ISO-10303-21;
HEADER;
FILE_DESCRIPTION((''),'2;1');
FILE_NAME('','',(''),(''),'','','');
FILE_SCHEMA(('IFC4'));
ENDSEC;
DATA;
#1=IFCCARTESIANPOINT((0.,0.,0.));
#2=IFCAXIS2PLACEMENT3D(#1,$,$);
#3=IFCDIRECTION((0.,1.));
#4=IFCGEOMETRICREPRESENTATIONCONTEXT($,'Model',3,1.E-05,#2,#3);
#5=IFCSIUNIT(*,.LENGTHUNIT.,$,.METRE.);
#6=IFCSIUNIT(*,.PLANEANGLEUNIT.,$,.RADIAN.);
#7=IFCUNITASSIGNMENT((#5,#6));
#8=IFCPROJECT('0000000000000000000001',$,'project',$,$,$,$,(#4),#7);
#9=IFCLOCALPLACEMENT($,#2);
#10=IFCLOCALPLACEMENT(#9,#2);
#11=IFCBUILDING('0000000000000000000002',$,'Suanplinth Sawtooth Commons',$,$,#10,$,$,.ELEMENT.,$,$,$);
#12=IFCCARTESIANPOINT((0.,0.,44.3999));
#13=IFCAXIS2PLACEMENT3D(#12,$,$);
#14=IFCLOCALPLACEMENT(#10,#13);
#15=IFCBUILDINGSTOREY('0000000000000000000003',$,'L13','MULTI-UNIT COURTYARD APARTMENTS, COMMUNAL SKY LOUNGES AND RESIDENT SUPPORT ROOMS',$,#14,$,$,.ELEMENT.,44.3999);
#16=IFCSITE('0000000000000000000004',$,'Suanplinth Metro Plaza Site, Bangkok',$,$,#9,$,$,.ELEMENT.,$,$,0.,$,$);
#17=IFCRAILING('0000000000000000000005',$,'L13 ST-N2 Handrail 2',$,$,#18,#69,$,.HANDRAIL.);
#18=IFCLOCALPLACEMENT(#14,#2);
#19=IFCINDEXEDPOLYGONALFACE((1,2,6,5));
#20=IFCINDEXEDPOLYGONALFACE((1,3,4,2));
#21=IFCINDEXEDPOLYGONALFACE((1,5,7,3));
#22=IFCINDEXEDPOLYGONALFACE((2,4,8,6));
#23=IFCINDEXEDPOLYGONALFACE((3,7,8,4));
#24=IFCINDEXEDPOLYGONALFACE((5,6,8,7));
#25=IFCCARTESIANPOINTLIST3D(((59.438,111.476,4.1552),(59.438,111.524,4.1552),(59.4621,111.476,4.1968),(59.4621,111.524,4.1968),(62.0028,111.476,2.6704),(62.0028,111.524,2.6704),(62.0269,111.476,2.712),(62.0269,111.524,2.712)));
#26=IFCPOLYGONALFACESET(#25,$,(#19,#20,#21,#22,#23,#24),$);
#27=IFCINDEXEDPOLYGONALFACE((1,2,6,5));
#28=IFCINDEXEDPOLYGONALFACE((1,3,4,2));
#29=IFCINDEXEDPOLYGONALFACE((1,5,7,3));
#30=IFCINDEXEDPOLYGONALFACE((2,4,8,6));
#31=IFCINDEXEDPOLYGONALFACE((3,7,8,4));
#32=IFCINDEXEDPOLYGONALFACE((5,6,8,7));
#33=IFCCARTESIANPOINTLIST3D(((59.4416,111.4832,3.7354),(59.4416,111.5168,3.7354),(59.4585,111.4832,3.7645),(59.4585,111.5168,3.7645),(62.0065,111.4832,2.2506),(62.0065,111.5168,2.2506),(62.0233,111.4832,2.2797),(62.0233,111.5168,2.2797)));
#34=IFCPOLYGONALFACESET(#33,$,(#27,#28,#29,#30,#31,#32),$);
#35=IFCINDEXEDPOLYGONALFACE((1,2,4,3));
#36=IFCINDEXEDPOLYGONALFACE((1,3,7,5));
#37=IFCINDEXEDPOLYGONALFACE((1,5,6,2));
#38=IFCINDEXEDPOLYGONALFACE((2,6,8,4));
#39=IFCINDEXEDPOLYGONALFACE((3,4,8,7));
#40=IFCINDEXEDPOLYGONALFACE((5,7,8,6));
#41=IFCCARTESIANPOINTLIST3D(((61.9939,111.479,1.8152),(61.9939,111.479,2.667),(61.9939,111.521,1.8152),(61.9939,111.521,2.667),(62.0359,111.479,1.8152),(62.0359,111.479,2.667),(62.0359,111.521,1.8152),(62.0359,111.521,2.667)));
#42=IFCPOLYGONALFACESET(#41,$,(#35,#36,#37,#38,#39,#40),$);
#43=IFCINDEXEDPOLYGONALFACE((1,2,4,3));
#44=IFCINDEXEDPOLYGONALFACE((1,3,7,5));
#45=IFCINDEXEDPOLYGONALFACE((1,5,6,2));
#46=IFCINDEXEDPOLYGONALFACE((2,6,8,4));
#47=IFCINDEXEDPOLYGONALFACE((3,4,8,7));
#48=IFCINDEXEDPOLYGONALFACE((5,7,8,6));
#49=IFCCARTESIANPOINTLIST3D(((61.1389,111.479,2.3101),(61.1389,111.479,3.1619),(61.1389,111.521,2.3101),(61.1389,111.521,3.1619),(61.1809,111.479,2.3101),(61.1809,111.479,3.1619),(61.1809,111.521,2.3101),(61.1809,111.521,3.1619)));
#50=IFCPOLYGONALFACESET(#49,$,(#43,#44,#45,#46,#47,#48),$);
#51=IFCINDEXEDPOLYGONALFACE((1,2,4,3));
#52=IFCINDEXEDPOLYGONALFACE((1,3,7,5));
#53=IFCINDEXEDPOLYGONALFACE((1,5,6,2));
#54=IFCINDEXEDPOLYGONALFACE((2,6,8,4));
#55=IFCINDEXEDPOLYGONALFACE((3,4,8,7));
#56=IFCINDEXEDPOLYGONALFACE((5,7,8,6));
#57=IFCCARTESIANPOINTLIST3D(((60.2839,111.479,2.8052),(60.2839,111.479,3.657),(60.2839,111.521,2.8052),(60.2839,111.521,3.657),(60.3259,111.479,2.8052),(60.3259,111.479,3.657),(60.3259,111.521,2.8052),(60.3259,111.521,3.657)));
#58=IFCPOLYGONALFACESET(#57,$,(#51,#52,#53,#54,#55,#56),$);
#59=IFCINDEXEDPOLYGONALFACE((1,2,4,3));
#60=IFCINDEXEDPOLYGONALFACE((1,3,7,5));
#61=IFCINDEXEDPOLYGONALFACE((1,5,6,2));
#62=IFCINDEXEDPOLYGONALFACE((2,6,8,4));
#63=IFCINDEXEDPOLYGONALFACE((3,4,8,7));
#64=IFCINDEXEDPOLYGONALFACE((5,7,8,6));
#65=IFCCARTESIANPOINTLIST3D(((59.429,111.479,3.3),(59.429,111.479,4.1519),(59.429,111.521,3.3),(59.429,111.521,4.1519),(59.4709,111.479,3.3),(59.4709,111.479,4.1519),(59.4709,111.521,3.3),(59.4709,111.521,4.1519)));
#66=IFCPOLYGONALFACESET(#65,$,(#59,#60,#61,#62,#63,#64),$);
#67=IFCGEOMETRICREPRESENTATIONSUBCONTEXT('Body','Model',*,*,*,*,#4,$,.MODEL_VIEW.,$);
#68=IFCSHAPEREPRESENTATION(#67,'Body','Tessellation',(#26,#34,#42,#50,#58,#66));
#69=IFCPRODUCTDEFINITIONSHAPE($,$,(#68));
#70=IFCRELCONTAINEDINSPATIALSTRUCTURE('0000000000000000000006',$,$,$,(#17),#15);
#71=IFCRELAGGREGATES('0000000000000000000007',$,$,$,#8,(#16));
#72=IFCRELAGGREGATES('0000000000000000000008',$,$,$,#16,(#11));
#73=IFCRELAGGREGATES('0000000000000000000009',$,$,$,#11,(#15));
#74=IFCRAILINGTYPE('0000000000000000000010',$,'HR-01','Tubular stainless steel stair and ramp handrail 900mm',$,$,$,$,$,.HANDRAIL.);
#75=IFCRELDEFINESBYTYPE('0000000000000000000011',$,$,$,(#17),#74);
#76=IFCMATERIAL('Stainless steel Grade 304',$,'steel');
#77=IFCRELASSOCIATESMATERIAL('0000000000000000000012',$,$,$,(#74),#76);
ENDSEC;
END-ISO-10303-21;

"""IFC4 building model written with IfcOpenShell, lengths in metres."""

from ifc_helpers import new_model, si_unit, direction, frame, origin, origin_2d, place, context, subcontext, project, spatial, rectangle, extrude, material, type_object, element, save


model = new_model("IFC4")

# Units and contexts
model_context = context("Model", 3, precision=1e-05, world=origin(), true_north=direction((0.0, 1.0)))
body_context = subcontext(model_context, "Body", "Model", "MODEL_VIEW")
ifc_project = project(units=[si_unit("LENGTHUNIT", "METRE"), si_unit("PLANEANGLEUNIT", "RADIAN")], contexts=[model_context])

# Site, building, storey
site_placement = place(None, origin())
site = spatial("IfcSite", under=ifc_project, at=site_placement, Name="Suanplinth Metro Plaza Site, Bangkok", CompositionType="ELEMENT", RefElevation=0.0)
building_placement = place(site_placement, origin())
building = spatial("IfcBuilding", under=site, at=building_placement, Name="Suanplinth Sawtooth Commons", CompositionType="ELEMENT")
storey_placement = place(building_placement, frame((0.0, 0.0, 44.3999)))
storey = spatial("IfcBuildingStorey", under=building, at=storey_placement, Name="L13", Description="MULTI-UNIT COURTYARD APARTMENTS, COMMUNAL SKY LOUNGES AND RESIDENT SUPPORT ROOMS", CompositionType="ELEMENT", Elevation=44.3999)

# Shared definitions
ifc_material_1 = material(Name="Stainless steel Grade 304", Category="steel")

# Railing
railing_type = type_object("IfcRailingType", Name="HR-01", Description="Tubular stainless steel stair and ramp handrail 900mm", PredefinedType="HANDRAIL", material=ifc_material_1)
railing_placement = place(storey_placement, frame((62.0149, 111.5, 1.8152)))
element("IfcRailing", 1, at=railing_placement, inside=storey, type_object=railing_type, Name="L13 ST-N2 Handrail 2", PredefinedType="HANDRAIL", context=body_context, shape_type="SweptSolid", body=[
    extrude(rectangle(XDim=0.0481, YDim=0.0481, at=origin_2d()), frame((0.0, 0.0, 0.876), z_axis=(-0.865441, 0.0, 0.50101), x_axis=(0.0, -1.0, 0.0)), (0.0, 0.0, 1.0), 2.9636),
    extrude(rectangle(XDim=0.0337, YDim=0.0337, at=origin_2d()), frame((0.0, 0.0, 0.45), z_axis=(-0.865441, 0.0, 0.50101), x_axis=(0.0, -1.0, 0.0)), (0.0, 0.0, 1.0), 2.9636),
    extrude(rectangle(XDim=0.042, YDim=0.042, at=origin_2d()), origin(), (0.0, 0.0, 1.0), 0.8518),
    extrude(rectangle(XDim=0.042, YDim=0.042, at=origin_2d()), frame((-0.855, 0.0, 0.4949)), (0.0, 0.0, 1.0), 0.8518),
    extrude(rectangle(XDim=0.042, YDim=0.042, at=origin_2d()), frame((-1.71, 0.0, 0.99)), (0.0, 0.0, 1.0), 0.8518),
    extrude(rectangle(XDim=0.042, YDim=0.042, at=origin_2d()), frame((-2.5649, 0.0, 1.4849)), (0.0, 0.0, 1.0), 0.8518),
])

save(model, "model.ifc")
